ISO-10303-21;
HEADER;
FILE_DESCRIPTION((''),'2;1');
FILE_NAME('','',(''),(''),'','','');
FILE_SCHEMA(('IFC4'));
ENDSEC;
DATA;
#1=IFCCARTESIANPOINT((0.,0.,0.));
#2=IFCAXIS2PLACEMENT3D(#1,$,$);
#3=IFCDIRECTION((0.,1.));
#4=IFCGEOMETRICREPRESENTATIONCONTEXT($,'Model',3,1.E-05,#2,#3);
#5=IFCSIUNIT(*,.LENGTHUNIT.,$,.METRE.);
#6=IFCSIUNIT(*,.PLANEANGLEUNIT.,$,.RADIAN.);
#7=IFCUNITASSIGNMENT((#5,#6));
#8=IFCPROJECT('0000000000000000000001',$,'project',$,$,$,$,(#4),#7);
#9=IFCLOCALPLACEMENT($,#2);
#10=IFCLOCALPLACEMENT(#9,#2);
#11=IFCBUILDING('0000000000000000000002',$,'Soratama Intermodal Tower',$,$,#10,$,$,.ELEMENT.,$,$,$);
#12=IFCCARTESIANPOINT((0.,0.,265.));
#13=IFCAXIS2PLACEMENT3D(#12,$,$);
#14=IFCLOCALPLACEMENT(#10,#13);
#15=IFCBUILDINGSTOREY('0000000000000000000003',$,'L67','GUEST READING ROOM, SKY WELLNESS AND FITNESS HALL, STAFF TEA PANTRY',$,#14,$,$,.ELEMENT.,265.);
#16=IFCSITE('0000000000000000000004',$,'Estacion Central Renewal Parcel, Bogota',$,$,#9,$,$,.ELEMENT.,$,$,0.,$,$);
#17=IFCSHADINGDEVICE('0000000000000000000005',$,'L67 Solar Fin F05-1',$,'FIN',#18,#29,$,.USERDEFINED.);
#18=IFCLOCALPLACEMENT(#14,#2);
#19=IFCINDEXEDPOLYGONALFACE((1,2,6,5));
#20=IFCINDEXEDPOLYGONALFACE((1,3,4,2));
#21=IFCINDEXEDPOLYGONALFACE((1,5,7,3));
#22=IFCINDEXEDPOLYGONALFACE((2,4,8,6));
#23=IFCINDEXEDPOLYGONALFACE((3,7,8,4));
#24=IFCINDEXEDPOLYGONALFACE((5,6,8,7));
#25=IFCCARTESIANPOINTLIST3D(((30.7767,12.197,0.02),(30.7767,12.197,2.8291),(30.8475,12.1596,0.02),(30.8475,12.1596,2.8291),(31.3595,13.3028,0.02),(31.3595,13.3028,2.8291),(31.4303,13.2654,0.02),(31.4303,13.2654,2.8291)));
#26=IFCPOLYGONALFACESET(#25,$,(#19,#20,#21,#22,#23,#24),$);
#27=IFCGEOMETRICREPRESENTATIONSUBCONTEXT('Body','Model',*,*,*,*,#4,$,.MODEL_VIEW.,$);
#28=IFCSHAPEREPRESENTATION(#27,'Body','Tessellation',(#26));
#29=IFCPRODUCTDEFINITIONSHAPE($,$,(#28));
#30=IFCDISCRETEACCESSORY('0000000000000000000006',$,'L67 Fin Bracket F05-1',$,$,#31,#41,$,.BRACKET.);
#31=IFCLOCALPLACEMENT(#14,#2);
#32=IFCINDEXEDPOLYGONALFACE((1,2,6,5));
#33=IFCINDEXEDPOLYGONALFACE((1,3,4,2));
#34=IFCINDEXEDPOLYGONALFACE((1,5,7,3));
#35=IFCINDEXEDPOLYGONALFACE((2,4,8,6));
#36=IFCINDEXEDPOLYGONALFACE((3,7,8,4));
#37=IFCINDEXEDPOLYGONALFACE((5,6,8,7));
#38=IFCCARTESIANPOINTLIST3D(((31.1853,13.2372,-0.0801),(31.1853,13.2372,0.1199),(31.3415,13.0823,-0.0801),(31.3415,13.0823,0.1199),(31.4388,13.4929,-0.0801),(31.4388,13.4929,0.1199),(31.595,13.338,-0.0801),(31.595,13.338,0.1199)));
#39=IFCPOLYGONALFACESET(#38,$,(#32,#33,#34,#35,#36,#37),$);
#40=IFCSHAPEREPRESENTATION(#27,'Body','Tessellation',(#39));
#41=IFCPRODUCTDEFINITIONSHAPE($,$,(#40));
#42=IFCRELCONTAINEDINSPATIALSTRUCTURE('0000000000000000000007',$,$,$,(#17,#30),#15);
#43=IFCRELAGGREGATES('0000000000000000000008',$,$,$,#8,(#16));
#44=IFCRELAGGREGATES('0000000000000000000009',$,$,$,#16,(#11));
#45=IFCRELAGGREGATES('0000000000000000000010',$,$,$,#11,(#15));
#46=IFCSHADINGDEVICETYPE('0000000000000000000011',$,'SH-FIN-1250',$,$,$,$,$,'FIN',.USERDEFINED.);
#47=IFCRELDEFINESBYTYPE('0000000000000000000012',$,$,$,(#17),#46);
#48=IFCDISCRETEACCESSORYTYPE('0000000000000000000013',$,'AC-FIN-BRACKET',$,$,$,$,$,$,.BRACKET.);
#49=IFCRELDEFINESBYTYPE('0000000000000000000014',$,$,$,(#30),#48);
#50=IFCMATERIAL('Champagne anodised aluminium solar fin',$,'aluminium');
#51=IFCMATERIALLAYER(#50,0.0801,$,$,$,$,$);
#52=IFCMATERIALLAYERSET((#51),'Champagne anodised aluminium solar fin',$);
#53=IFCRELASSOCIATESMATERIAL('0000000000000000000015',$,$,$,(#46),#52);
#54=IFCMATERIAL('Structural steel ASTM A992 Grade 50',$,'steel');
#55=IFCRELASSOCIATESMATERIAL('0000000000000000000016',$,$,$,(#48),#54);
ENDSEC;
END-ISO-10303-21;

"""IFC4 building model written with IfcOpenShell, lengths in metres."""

from ifc_helpers import new_model, si_unit, direction, frame, origin, origin_2d, place, context, subcontext, project, spatial, rectangle, extrude, material, layer, layer_set, type_object, element, save


model = new_model("IFC4")

# Units and contexts
model_context = context("Model", 3, precision=1e-05, world=origin(), true_north=direction((0.0, 1.0)))
body_context = subcontext(model_context, "Body", "Model", "MODEL_VIEW")
ifc_project = project(units=[si_unit("LENGTHUNIT", "METRE"), si_unit("PLANEANGLEUNIT", "RADIAN")], contexts=[model_context])

# Site, building, storey
site_placement = place(None, origin())
site = spatial("IfcSite", under=ifc_project, at=site_placement, Name="Estacion Central Renewal Parcel, Bogota", CompositionType="ELEMENT", RefElevation=0.0)
building_placement = place(site_placement, origin())
building = spatial("IfcBuilding", under=site, at=building_placement, Name="Soratama Intermodal Tower", CompositionType="ELEMENT")
storey_placement = place(building_placement, frame((0.0, 0.0, 265.0)))
storey = spatial("IfcBuildingStorey", under=building, at=storey_placement, Name="L67", Description="GUEST READING ROOM, SKY WELLNESS AND FITNESS HALL, STAFF TEA PANTRY", CompositionType="ELEMENT", Elevation=265.0)

# Shading device
ifc_material_1 = material(Name="Champagne anodised aluminium solar fin", Category="aluminium")
ifc_layer_1 = layer(ifc_material_1, 0.0801)
ifc_layer_set_1 = layer_set([ifc_layer_1], Name="Champagne anodised aluminium solar fin")
shading_device_type = type_object("IfcShadingDeviceType", Name="SH-FIN-1250", ElementType="FIN", PredefinedType="USERDEFINED", material=ifc_layer_set_1)
shading_device_placement = place(storey_placement, frame((31.1035, 12.7312, 0.02), z_axis=(0.0, 0.0, 1.0), x_axis=(-0.466232, -0.884662, 0.0)))
element("IfcShadingDevice", 1, at=shading_device_placement, inside=storey, type_object=shading_device_type, Name="L67 Solar Fin F05-1", ObjectType="FIN", PredefinedType="USERDEFINED", context=body_context, shape_type="SweptSolid", body=[
    extrude(rectangle(XDim=1.25, YDim=0.0801, at=origin_2d()), origin(), (0.0, 0.0, 1.0), 2.8091),
])

# Discrete accessory
ifc_material_2 = material(Name="Structural steel ASTM A992 Grade 50", Category="steel")
discrete_accessory_type = type_object("IfcDiscreteAccessoryType", Name="AC-FIN-BRACKET", PredefinedType="BRACKET", material=ifc_material_2)
discrete_accessory_placement = place(storey_placement, frame((31.3901, 13.2876, -0.0801), z_axis=(0.0, 0.0, 1.0), x_axis=(-0.704139, -0.710062, 0.0)))
element("IfcDiscreteAccessory", 2, at=discrete_accessory_placement, inside=storey, type_object=discrete_accessory_type, Name="L67 Fin Bracket F05-1", PredefinedType="BRACKET", context=body_context, shape_type="SweptSolid", body=[
    extrude(rectangle(XDim=0.3601, YDim=0.22, at=origin_2d()), origin(), (0.0, 0.0, 1.0), 0.2),
])

save(model, "model.ifc")
